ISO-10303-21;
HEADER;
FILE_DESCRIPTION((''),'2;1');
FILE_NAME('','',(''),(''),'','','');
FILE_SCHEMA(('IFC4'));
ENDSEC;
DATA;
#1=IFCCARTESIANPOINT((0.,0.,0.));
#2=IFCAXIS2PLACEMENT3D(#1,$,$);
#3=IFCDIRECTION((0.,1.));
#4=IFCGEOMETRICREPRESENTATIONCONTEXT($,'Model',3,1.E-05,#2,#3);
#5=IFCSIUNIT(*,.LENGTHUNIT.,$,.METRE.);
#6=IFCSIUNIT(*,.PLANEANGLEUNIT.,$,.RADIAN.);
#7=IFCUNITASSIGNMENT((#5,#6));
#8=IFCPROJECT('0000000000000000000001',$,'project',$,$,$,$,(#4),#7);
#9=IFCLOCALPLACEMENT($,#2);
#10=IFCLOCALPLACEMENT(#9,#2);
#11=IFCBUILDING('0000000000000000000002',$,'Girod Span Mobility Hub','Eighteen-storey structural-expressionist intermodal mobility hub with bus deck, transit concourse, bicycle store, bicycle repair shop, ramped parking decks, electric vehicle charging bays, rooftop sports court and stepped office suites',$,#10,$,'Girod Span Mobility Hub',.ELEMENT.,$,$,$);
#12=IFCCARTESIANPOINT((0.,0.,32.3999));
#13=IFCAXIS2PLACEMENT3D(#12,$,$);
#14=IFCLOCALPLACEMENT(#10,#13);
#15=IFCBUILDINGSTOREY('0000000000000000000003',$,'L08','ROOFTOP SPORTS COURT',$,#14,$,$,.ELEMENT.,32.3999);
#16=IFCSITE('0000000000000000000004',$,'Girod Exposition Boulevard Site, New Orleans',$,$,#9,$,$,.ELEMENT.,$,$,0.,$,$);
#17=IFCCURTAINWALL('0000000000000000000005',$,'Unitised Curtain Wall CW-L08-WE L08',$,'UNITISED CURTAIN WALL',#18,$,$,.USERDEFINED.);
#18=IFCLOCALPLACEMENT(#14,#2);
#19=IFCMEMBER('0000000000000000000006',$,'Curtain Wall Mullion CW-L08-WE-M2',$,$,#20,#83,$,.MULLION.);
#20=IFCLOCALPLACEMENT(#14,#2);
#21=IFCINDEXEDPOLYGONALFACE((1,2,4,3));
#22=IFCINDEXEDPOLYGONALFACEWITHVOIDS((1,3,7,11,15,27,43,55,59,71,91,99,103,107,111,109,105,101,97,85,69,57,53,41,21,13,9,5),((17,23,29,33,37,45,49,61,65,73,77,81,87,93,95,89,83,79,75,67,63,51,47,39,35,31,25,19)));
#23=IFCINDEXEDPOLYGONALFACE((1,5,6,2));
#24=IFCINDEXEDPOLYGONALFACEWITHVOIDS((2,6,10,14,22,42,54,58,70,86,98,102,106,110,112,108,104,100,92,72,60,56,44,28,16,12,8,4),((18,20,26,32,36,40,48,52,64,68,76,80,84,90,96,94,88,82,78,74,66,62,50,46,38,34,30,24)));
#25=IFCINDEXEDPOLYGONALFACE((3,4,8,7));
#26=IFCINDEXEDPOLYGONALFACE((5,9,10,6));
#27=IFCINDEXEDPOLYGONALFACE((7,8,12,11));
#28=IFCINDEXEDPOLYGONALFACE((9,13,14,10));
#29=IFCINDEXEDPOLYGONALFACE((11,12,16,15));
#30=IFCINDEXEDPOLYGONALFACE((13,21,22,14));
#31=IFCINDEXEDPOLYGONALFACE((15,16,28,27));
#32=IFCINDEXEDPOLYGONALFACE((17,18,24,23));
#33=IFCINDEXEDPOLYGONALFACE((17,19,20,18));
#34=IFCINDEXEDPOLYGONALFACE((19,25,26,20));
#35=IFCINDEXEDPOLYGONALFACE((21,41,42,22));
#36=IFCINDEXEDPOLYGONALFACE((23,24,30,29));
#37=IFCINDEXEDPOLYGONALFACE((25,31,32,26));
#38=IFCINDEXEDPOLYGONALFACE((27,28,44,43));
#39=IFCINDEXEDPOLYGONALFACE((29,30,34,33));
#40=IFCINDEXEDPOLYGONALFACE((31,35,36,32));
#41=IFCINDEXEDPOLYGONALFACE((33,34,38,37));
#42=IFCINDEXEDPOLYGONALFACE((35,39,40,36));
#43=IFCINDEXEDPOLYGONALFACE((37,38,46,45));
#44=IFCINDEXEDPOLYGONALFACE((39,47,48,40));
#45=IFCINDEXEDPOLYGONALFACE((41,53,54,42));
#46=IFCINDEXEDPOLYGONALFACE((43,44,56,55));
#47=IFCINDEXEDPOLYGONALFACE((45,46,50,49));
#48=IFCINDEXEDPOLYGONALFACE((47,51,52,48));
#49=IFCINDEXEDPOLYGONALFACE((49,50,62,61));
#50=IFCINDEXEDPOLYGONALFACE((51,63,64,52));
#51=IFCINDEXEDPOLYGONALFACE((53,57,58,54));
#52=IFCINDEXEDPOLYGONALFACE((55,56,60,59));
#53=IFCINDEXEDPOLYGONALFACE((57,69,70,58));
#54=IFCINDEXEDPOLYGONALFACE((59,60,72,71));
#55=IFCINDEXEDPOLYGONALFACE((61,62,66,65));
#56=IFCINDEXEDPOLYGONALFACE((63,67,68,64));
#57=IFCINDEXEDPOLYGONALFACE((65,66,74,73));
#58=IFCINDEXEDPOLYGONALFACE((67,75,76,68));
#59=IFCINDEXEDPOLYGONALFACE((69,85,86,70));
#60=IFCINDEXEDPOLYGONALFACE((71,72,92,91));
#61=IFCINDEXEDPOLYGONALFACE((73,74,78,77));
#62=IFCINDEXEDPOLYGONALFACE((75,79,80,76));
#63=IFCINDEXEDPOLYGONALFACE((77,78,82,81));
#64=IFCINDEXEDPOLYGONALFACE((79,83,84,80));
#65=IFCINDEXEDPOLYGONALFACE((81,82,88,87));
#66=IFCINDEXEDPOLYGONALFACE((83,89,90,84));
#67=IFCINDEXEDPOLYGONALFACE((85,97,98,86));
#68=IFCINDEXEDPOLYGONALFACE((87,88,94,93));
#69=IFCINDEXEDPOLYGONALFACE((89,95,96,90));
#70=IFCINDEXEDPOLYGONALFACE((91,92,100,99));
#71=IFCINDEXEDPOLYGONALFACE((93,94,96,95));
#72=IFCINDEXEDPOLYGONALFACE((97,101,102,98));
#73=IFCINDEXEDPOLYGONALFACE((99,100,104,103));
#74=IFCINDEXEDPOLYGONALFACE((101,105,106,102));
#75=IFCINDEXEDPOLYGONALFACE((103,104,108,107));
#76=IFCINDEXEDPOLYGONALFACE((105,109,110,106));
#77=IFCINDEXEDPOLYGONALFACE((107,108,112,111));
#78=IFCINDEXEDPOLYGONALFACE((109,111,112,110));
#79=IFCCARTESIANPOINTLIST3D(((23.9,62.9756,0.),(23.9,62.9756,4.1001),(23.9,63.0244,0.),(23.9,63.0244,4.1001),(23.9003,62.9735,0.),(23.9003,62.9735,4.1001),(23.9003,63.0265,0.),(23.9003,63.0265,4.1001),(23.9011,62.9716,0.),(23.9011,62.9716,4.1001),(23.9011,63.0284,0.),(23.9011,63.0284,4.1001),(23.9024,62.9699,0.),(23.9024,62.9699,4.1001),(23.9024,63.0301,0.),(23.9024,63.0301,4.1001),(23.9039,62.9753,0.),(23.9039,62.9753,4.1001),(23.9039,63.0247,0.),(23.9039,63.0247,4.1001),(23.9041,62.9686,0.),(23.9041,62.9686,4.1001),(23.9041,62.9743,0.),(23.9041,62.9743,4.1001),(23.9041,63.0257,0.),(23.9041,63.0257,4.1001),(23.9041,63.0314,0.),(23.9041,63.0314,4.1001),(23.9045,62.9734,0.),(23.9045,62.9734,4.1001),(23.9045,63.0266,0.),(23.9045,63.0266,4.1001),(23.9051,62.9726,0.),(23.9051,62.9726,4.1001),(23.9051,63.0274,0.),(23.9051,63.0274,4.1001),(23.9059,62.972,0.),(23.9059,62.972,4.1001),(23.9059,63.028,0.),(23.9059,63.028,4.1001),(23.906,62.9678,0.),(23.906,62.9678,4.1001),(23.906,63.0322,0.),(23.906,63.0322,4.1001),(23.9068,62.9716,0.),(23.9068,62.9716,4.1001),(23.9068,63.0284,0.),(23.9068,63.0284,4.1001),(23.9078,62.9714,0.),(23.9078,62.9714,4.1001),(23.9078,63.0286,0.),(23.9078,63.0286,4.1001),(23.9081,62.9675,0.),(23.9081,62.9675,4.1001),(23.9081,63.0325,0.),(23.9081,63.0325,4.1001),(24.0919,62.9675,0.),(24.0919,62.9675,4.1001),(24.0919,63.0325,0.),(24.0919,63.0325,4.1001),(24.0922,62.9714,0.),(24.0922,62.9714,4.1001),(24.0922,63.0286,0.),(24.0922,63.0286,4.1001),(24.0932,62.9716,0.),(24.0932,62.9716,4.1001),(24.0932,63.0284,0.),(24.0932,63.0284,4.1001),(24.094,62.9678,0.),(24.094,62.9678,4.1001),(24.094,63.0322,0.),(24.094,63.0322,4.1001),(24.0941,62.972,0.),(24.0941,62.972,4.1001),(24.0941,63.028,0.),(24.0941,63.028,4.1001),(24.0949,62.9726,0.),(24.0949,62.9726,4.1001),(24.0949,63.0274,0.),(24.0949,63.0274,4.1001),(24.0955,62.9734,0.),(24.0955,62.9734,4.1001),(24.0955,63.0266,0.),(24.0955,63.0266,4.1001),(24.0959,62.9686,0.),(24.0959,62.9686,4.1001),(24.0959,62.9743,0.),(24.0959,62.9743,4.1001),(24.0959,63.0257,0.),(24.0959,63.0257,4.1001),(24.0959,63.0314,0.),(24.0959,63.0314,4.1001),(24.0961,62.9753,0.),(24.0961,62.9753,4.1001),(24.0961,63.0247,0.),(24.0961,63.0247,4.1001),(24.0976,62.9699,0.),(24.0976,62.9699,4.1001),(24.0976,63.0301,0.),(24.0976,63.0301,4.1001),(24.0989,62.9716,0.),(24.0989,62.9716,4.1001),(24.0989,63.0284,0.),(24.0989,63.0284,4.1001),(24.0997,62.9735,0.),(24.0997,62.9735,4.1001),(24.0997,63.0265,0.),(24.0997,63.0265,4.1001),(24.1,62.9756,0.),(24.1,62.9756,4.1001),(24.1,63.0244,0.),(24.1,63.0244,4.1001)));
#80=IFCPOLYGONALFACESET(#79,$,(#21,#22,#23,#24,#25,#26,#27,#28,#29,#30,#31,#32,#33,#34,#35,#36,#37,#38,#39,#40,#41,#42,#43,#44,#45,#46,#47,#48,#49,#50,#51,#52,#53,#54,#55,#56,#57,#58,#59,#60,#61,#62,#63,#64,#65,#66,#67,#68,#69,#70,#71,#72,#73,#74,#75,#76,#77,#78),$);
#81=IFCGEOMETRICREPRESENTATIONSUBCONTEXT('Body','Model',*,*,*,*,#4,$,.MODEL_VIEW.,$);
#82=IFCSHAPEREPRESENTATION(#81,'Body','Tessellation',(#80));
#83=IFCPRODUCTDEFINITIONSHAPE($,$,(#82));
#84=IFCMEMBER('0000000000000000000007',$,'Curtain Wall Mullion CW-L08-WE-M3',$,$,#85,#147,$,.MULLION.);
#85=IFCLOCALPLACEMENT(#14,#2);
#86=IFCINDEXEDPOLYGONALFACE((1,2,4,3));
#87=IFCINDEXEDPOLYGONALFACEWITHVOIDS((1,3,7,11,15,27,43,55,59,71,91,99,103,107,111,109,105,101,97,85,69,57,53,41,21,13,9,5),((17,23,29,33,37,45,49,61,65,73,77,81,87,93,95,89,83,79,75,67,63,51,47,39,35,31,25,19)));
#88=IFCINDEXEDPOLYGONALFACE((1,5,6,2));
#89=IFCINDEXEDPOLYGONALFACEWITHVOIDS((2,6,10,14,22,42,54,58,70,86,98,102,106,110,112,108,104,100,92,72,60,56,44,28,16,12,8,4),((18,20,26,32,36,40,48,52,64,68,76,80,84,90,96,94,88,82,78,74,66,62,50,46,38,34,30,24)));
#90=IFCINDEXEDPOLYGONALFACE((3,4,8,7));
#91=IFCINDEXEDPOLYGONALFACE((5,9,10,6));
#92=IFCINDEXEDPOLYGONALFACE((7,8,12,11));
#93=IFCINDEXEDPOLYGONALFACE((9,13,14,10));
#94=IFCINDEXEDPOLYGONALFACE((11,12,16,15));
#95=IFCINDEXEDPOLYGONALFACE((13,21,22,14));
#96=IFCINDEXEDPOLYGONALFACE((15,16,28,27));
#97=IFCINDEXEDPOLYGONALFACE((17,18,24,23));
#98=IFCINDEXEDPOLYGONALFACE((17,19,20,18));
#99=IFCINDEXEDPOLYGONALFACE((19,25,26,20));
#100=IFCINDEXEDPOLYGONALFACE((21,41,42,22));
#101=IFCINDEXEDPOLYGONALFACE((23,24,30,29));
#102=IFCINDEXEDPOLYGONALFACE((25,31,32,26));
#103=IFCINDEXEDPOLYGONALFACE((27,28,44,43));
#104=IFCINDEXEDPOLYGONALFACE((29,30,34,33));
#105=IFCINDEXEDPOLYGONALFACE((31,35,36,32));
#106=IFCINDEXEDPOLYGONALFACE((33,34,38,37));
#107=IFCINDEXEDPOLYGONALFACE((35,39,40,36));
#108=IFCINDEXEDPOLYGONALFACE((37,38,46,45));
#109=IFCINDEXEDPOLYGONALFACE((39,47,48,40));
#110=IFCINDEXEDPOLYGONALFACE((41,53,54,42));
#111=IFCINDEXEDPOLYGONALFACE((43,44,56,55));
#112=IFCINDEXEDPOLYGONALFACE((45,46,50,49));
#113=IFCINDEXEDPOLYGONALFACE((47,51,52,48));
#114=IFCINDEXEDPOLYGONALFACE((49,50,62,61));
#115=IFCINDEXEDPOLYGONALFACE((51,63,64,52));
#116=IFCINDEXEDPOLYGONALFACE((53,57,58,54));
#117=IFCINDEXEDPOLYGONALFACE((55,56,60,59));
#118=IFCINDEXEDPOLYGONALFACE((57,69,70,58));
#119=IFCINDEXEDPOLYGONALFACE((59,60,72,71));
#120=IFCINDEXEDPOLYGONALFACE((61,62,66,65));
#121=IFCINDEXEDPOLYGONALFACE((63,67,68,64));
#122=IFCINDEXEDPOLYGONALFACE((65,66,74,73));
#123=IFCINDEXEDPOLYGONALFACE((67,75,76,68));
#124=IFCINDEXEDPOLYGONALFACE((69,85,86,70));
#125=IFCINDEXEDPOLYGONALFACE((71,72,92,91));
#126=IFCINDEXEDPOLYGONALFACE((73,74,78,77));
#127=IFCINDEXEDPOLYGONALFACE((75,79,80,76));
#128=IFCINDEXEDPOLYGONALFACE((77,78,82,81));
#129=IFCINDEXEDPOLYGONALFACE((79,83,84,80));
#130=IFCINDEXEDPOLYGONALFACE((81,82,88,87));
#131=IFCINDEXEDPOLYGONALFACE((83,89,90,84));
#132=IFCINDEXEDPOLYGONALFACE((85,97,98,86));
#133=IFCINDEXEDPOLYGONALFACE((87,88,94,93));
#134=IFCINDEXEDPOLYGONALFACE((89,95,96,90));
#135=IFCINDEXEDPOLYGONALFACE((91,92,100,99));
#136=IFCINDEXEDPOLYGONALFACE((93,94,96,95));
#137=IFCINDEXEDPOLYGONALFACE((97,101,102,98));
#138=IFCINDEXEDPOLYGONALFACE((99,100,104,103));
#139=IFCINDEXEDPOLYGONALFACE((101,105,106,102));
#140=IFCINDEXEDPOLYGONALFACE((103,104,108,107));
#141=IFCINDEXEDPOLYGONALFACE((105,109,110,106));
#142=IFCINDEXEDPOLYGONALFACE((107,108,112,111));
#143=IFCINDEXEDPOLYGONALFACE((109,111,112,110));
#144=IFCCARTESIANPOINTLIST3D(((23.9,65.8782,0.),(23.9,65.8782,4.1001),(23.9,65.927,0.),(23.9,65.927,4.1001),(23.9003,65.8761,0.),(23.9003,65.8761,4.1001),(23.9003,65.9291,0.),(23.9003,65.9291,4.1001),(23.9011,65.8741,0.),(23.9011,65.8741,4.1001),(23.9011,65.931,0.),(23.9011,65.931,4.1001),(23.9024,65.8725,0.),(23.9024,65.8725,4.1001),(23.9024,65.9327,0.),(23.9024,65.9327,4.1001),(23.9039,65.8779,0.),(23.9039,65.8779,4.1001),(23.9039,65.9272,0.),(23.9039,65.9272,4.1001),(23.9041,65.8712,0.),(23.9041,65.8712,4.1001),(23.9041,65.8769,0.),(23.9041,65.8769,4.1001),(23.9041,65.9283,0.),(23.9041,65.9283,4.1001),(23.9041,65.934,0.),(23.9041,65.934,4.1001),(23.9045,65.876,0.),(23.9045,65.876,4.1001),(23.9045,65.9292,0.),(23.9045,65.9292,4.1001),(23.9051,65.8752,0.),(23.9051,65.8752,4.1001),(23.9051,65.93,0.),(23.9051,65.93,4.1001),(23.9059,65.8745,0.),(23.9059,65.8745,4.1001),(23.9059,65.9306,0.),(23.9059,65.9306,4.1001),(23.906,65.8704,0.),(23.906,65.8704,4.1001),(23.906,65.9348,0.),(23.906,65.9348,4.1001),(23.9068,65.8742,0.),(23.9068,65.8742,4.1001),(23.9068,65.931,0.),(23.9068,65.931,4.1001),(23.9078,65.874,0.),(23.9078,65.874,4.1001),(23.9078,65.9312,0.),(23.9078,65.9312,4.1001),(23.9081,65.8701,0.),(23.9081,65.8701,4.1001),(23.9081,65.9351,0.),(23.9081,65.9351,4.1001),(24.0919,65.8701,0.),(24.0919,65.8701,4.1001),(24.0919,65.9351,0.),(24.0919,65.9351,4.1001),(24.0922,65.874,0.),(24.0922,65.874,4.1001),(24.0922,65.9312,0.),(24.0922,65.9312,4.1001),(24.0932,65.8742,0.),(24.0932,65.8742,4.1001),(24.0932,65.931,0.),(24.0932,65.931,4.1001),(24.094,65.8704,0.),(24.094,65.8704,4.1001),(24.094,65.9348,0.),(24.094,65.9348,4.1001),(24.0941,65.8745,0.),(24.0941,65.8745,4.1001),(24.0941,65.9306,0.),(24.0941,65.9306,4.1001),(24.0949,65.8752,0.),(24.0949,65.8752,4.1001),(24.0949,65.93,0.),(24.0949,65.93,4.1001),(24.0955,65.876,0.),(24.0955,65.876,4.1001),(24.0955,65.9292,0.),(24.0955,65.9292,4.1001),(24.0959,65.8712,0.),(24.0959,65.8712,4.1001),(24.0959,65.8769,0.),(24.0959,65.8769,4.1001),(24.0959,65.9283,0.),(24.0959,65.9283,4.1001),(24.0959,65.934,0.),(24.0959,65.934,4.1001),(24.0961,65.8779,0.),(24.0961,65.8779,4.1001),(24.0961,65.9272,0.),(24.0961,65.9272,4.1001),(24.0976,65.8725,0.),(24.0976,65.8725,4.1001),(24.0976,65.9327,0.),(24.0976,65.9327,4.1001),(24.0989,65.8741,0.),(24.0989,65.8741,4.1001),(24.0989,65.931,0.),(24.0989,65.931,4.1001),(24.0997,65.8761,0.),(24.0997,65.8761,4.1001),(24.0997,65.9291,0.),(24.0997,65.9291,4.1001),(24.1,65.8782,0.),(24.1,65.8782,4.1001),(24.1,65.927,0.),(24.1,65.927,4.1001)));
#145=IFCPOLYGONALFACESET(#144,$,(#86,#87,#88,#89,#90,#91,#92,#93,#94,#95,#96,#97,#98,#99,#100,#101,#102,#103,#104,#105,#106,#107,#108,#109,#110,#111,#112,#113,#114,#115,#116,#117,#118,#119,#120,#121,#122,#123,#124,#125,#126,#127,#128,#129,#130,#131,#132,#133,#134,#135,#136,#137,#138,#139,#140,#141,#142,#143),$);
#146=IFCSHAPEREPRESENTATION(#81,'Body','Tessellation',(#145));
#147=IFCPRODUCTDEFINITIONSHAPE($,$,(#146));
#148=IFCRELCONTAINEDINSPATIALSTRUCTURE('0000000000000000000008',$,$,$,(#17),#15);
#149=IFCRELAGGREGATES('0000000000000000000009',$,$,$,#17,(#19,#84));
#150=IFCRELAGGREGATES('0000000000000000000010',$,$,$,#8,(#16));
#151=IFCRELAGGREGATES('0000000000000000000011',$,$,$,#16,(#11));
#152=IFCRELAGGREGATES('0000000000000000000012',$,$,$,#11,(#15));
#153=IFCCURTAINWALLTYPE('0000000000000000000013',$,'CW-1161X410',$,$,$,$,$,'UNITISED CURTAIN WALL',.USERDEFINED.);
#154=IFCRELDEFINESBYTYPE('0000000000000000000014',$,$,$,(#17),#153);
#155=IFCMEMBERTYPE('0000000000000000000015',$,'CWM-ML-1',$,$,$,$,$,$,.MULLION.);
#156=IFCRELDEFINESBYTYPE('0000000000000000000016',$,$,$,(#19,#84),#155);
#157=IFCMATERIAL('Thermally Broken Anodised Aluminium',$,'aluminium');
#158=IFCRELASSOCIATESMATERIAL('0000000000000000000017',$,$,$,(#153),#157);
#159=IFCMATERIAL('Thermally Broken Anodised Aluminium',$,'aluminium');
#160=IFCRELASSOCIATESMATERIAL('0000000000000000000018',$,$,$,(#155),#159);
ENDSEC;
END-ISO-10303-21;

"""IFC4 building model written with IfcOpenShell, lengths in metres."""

from ifc_helpers import new_model, si_unit, direction, frame, origin, origin_2d, place, context, subcontext, project, spatial, hollow_rectangle, extrude, material, material_profile, profile_set, type_object, element, aggregate, save


model = new_model("IFC4")

# Units and contexts
model_context = context("Model", 3, precision=1e-05, world=origin(), true_north=direction((0.0, 1.0)))
body_context = subcontext(model_context, "Body", "Model", "MODEL_VIEW")
ifc_project = project(units=[si_unit("LENGTHUNIT", "METRE"), si_unit("PLANEANGLEUNIT", "RADIAN")], contexts=[model_context])

# Site, building, storey
site_placement = place(None, origin())
site = spatial("IfcSite", under=ifc_project, at=site_placement, Name="Girod Exposition Boulevard Site, New Orleans", CompositionType="ELEMENT", RefElevation=0.0)
building_placement = place(site_placement, origin())
building = spatial("IfcBuilding", under=site, at=building_placement, Name="Girod Span Mobility Hub", Description="Eighteen-storey structural-expressionist intermodal mobility hub with bus deck, transit concourse, bicycle store, bicycle repair shop, ramped parking decks, electric vehicle charging bays, rooftop sports court and stepped office suites", LongName="Girod Span Mobility Hub", CompositionType="ELEMENT")
storey_placement = place(building_placement, frame((0.0, 0.0, 32.3999)))
storey = spatial("IfcBuildingStorey", under=building, at=storey_placement, Name="L08", Description="ROOFTOP SPORTS COURT", CompositionType="ELEMENT", Elevation=32.3999)

# Shared definitions
ifc_material_1 = material(Name="Thermally Broken Anodised Aluminium", Category="aluminium")
curtain_wall_type = type_object("IfcCurtainWallType", Name="CW-1161X410", ElementType="UNITISED CURTAIN WALL", PredefinedType="USERDEFINED", material=ifc_material_1)
ifc_material_2 = material(Name="Thermally Broken Anodised Aluminium", Category="aluminium")
ifc_material_profile_1 = material_profile(ifc_material_2, hollow_rectangle(XDim=0.2, YDim=0.0649, WallThickness=0.0039, InnerFilletRadius=0.0039, OuterFilletRadius=0.0081, at=origin_2d()), Name="CW-ML-65X200")
ifc_profile_set_1 = profile_set([ifc_material_profile_1], Name="Thermally Broken Anodised Aluminium")
member_type_1 = type_object("IfcMemberType", Name="CWM-ML-1", PredefinedType="MULLION", material=ifc_profile_set_1)

# Curtain wall, members
curtain_wall_1_placement = place(storey_placement, origin())
curtain_wall_1 = element("IfcCurtainWall", 1, at=curtain_wall_1_placement, inside=storey, type_object=curtain_wall_type, Name="Unitised Curtain Wall CW-L08-WE L08", ObjectType="UNITISED CURTAIN WALL", PredefinedType="USERDEFINED")
member_1_placement = place(storey_placement, frame((24.0, 63.0, 0.0), z_axis=(0.0, 0.0, 1.0), x_axis=(1.0, 0.0, 0.0)))
member_1 = element("IfcMember", 2, at=member_1_placement, type_object=member_type_1, Name="Curtain Wall Mullion CW-L08-WE-M2", PredefinedType="MULLION", context=body_context, shape_type="SweptSolid", body=[
    extrude(hollow_rectangle(XDim=0.2, YDim=0.0649, WallThickness=0.0039, InnerFilletRadius=0.0039, OuterFilletRadius=0.0081, at=origin_2d()), origin(), (0.0, 0.0, 1.0), 4.1001),
])
member_2_placement = place(storey_placement, frame((24.0, 65.9026, 0.0), z_axis=(0.0, 0.0, 1.0), x_axis=(1.0, 0.0, 0.0)))
member_2 = element("IfcMember", 3, at=member_2_placement, type_object=member_type_1, Name="Curtain Wall Mullion CW-L08-WE-M3", PredefinedType="MULLION", context=body_context, shape_type="SweptSolid", body=[
    extrude(hollow_rectangle(XDim=0.2, YDim=0.0649, WallThickness=0.0039, InnerFilletRadius=0.0039, OuterFilletRadius=0.0081, at=origin_2d()), origin(), (0.0, 0.0, 1.0), 4.1001),
])

aggregate(curtain_wall_1, [member_1, member_2])

save(model, "model.ifc")
